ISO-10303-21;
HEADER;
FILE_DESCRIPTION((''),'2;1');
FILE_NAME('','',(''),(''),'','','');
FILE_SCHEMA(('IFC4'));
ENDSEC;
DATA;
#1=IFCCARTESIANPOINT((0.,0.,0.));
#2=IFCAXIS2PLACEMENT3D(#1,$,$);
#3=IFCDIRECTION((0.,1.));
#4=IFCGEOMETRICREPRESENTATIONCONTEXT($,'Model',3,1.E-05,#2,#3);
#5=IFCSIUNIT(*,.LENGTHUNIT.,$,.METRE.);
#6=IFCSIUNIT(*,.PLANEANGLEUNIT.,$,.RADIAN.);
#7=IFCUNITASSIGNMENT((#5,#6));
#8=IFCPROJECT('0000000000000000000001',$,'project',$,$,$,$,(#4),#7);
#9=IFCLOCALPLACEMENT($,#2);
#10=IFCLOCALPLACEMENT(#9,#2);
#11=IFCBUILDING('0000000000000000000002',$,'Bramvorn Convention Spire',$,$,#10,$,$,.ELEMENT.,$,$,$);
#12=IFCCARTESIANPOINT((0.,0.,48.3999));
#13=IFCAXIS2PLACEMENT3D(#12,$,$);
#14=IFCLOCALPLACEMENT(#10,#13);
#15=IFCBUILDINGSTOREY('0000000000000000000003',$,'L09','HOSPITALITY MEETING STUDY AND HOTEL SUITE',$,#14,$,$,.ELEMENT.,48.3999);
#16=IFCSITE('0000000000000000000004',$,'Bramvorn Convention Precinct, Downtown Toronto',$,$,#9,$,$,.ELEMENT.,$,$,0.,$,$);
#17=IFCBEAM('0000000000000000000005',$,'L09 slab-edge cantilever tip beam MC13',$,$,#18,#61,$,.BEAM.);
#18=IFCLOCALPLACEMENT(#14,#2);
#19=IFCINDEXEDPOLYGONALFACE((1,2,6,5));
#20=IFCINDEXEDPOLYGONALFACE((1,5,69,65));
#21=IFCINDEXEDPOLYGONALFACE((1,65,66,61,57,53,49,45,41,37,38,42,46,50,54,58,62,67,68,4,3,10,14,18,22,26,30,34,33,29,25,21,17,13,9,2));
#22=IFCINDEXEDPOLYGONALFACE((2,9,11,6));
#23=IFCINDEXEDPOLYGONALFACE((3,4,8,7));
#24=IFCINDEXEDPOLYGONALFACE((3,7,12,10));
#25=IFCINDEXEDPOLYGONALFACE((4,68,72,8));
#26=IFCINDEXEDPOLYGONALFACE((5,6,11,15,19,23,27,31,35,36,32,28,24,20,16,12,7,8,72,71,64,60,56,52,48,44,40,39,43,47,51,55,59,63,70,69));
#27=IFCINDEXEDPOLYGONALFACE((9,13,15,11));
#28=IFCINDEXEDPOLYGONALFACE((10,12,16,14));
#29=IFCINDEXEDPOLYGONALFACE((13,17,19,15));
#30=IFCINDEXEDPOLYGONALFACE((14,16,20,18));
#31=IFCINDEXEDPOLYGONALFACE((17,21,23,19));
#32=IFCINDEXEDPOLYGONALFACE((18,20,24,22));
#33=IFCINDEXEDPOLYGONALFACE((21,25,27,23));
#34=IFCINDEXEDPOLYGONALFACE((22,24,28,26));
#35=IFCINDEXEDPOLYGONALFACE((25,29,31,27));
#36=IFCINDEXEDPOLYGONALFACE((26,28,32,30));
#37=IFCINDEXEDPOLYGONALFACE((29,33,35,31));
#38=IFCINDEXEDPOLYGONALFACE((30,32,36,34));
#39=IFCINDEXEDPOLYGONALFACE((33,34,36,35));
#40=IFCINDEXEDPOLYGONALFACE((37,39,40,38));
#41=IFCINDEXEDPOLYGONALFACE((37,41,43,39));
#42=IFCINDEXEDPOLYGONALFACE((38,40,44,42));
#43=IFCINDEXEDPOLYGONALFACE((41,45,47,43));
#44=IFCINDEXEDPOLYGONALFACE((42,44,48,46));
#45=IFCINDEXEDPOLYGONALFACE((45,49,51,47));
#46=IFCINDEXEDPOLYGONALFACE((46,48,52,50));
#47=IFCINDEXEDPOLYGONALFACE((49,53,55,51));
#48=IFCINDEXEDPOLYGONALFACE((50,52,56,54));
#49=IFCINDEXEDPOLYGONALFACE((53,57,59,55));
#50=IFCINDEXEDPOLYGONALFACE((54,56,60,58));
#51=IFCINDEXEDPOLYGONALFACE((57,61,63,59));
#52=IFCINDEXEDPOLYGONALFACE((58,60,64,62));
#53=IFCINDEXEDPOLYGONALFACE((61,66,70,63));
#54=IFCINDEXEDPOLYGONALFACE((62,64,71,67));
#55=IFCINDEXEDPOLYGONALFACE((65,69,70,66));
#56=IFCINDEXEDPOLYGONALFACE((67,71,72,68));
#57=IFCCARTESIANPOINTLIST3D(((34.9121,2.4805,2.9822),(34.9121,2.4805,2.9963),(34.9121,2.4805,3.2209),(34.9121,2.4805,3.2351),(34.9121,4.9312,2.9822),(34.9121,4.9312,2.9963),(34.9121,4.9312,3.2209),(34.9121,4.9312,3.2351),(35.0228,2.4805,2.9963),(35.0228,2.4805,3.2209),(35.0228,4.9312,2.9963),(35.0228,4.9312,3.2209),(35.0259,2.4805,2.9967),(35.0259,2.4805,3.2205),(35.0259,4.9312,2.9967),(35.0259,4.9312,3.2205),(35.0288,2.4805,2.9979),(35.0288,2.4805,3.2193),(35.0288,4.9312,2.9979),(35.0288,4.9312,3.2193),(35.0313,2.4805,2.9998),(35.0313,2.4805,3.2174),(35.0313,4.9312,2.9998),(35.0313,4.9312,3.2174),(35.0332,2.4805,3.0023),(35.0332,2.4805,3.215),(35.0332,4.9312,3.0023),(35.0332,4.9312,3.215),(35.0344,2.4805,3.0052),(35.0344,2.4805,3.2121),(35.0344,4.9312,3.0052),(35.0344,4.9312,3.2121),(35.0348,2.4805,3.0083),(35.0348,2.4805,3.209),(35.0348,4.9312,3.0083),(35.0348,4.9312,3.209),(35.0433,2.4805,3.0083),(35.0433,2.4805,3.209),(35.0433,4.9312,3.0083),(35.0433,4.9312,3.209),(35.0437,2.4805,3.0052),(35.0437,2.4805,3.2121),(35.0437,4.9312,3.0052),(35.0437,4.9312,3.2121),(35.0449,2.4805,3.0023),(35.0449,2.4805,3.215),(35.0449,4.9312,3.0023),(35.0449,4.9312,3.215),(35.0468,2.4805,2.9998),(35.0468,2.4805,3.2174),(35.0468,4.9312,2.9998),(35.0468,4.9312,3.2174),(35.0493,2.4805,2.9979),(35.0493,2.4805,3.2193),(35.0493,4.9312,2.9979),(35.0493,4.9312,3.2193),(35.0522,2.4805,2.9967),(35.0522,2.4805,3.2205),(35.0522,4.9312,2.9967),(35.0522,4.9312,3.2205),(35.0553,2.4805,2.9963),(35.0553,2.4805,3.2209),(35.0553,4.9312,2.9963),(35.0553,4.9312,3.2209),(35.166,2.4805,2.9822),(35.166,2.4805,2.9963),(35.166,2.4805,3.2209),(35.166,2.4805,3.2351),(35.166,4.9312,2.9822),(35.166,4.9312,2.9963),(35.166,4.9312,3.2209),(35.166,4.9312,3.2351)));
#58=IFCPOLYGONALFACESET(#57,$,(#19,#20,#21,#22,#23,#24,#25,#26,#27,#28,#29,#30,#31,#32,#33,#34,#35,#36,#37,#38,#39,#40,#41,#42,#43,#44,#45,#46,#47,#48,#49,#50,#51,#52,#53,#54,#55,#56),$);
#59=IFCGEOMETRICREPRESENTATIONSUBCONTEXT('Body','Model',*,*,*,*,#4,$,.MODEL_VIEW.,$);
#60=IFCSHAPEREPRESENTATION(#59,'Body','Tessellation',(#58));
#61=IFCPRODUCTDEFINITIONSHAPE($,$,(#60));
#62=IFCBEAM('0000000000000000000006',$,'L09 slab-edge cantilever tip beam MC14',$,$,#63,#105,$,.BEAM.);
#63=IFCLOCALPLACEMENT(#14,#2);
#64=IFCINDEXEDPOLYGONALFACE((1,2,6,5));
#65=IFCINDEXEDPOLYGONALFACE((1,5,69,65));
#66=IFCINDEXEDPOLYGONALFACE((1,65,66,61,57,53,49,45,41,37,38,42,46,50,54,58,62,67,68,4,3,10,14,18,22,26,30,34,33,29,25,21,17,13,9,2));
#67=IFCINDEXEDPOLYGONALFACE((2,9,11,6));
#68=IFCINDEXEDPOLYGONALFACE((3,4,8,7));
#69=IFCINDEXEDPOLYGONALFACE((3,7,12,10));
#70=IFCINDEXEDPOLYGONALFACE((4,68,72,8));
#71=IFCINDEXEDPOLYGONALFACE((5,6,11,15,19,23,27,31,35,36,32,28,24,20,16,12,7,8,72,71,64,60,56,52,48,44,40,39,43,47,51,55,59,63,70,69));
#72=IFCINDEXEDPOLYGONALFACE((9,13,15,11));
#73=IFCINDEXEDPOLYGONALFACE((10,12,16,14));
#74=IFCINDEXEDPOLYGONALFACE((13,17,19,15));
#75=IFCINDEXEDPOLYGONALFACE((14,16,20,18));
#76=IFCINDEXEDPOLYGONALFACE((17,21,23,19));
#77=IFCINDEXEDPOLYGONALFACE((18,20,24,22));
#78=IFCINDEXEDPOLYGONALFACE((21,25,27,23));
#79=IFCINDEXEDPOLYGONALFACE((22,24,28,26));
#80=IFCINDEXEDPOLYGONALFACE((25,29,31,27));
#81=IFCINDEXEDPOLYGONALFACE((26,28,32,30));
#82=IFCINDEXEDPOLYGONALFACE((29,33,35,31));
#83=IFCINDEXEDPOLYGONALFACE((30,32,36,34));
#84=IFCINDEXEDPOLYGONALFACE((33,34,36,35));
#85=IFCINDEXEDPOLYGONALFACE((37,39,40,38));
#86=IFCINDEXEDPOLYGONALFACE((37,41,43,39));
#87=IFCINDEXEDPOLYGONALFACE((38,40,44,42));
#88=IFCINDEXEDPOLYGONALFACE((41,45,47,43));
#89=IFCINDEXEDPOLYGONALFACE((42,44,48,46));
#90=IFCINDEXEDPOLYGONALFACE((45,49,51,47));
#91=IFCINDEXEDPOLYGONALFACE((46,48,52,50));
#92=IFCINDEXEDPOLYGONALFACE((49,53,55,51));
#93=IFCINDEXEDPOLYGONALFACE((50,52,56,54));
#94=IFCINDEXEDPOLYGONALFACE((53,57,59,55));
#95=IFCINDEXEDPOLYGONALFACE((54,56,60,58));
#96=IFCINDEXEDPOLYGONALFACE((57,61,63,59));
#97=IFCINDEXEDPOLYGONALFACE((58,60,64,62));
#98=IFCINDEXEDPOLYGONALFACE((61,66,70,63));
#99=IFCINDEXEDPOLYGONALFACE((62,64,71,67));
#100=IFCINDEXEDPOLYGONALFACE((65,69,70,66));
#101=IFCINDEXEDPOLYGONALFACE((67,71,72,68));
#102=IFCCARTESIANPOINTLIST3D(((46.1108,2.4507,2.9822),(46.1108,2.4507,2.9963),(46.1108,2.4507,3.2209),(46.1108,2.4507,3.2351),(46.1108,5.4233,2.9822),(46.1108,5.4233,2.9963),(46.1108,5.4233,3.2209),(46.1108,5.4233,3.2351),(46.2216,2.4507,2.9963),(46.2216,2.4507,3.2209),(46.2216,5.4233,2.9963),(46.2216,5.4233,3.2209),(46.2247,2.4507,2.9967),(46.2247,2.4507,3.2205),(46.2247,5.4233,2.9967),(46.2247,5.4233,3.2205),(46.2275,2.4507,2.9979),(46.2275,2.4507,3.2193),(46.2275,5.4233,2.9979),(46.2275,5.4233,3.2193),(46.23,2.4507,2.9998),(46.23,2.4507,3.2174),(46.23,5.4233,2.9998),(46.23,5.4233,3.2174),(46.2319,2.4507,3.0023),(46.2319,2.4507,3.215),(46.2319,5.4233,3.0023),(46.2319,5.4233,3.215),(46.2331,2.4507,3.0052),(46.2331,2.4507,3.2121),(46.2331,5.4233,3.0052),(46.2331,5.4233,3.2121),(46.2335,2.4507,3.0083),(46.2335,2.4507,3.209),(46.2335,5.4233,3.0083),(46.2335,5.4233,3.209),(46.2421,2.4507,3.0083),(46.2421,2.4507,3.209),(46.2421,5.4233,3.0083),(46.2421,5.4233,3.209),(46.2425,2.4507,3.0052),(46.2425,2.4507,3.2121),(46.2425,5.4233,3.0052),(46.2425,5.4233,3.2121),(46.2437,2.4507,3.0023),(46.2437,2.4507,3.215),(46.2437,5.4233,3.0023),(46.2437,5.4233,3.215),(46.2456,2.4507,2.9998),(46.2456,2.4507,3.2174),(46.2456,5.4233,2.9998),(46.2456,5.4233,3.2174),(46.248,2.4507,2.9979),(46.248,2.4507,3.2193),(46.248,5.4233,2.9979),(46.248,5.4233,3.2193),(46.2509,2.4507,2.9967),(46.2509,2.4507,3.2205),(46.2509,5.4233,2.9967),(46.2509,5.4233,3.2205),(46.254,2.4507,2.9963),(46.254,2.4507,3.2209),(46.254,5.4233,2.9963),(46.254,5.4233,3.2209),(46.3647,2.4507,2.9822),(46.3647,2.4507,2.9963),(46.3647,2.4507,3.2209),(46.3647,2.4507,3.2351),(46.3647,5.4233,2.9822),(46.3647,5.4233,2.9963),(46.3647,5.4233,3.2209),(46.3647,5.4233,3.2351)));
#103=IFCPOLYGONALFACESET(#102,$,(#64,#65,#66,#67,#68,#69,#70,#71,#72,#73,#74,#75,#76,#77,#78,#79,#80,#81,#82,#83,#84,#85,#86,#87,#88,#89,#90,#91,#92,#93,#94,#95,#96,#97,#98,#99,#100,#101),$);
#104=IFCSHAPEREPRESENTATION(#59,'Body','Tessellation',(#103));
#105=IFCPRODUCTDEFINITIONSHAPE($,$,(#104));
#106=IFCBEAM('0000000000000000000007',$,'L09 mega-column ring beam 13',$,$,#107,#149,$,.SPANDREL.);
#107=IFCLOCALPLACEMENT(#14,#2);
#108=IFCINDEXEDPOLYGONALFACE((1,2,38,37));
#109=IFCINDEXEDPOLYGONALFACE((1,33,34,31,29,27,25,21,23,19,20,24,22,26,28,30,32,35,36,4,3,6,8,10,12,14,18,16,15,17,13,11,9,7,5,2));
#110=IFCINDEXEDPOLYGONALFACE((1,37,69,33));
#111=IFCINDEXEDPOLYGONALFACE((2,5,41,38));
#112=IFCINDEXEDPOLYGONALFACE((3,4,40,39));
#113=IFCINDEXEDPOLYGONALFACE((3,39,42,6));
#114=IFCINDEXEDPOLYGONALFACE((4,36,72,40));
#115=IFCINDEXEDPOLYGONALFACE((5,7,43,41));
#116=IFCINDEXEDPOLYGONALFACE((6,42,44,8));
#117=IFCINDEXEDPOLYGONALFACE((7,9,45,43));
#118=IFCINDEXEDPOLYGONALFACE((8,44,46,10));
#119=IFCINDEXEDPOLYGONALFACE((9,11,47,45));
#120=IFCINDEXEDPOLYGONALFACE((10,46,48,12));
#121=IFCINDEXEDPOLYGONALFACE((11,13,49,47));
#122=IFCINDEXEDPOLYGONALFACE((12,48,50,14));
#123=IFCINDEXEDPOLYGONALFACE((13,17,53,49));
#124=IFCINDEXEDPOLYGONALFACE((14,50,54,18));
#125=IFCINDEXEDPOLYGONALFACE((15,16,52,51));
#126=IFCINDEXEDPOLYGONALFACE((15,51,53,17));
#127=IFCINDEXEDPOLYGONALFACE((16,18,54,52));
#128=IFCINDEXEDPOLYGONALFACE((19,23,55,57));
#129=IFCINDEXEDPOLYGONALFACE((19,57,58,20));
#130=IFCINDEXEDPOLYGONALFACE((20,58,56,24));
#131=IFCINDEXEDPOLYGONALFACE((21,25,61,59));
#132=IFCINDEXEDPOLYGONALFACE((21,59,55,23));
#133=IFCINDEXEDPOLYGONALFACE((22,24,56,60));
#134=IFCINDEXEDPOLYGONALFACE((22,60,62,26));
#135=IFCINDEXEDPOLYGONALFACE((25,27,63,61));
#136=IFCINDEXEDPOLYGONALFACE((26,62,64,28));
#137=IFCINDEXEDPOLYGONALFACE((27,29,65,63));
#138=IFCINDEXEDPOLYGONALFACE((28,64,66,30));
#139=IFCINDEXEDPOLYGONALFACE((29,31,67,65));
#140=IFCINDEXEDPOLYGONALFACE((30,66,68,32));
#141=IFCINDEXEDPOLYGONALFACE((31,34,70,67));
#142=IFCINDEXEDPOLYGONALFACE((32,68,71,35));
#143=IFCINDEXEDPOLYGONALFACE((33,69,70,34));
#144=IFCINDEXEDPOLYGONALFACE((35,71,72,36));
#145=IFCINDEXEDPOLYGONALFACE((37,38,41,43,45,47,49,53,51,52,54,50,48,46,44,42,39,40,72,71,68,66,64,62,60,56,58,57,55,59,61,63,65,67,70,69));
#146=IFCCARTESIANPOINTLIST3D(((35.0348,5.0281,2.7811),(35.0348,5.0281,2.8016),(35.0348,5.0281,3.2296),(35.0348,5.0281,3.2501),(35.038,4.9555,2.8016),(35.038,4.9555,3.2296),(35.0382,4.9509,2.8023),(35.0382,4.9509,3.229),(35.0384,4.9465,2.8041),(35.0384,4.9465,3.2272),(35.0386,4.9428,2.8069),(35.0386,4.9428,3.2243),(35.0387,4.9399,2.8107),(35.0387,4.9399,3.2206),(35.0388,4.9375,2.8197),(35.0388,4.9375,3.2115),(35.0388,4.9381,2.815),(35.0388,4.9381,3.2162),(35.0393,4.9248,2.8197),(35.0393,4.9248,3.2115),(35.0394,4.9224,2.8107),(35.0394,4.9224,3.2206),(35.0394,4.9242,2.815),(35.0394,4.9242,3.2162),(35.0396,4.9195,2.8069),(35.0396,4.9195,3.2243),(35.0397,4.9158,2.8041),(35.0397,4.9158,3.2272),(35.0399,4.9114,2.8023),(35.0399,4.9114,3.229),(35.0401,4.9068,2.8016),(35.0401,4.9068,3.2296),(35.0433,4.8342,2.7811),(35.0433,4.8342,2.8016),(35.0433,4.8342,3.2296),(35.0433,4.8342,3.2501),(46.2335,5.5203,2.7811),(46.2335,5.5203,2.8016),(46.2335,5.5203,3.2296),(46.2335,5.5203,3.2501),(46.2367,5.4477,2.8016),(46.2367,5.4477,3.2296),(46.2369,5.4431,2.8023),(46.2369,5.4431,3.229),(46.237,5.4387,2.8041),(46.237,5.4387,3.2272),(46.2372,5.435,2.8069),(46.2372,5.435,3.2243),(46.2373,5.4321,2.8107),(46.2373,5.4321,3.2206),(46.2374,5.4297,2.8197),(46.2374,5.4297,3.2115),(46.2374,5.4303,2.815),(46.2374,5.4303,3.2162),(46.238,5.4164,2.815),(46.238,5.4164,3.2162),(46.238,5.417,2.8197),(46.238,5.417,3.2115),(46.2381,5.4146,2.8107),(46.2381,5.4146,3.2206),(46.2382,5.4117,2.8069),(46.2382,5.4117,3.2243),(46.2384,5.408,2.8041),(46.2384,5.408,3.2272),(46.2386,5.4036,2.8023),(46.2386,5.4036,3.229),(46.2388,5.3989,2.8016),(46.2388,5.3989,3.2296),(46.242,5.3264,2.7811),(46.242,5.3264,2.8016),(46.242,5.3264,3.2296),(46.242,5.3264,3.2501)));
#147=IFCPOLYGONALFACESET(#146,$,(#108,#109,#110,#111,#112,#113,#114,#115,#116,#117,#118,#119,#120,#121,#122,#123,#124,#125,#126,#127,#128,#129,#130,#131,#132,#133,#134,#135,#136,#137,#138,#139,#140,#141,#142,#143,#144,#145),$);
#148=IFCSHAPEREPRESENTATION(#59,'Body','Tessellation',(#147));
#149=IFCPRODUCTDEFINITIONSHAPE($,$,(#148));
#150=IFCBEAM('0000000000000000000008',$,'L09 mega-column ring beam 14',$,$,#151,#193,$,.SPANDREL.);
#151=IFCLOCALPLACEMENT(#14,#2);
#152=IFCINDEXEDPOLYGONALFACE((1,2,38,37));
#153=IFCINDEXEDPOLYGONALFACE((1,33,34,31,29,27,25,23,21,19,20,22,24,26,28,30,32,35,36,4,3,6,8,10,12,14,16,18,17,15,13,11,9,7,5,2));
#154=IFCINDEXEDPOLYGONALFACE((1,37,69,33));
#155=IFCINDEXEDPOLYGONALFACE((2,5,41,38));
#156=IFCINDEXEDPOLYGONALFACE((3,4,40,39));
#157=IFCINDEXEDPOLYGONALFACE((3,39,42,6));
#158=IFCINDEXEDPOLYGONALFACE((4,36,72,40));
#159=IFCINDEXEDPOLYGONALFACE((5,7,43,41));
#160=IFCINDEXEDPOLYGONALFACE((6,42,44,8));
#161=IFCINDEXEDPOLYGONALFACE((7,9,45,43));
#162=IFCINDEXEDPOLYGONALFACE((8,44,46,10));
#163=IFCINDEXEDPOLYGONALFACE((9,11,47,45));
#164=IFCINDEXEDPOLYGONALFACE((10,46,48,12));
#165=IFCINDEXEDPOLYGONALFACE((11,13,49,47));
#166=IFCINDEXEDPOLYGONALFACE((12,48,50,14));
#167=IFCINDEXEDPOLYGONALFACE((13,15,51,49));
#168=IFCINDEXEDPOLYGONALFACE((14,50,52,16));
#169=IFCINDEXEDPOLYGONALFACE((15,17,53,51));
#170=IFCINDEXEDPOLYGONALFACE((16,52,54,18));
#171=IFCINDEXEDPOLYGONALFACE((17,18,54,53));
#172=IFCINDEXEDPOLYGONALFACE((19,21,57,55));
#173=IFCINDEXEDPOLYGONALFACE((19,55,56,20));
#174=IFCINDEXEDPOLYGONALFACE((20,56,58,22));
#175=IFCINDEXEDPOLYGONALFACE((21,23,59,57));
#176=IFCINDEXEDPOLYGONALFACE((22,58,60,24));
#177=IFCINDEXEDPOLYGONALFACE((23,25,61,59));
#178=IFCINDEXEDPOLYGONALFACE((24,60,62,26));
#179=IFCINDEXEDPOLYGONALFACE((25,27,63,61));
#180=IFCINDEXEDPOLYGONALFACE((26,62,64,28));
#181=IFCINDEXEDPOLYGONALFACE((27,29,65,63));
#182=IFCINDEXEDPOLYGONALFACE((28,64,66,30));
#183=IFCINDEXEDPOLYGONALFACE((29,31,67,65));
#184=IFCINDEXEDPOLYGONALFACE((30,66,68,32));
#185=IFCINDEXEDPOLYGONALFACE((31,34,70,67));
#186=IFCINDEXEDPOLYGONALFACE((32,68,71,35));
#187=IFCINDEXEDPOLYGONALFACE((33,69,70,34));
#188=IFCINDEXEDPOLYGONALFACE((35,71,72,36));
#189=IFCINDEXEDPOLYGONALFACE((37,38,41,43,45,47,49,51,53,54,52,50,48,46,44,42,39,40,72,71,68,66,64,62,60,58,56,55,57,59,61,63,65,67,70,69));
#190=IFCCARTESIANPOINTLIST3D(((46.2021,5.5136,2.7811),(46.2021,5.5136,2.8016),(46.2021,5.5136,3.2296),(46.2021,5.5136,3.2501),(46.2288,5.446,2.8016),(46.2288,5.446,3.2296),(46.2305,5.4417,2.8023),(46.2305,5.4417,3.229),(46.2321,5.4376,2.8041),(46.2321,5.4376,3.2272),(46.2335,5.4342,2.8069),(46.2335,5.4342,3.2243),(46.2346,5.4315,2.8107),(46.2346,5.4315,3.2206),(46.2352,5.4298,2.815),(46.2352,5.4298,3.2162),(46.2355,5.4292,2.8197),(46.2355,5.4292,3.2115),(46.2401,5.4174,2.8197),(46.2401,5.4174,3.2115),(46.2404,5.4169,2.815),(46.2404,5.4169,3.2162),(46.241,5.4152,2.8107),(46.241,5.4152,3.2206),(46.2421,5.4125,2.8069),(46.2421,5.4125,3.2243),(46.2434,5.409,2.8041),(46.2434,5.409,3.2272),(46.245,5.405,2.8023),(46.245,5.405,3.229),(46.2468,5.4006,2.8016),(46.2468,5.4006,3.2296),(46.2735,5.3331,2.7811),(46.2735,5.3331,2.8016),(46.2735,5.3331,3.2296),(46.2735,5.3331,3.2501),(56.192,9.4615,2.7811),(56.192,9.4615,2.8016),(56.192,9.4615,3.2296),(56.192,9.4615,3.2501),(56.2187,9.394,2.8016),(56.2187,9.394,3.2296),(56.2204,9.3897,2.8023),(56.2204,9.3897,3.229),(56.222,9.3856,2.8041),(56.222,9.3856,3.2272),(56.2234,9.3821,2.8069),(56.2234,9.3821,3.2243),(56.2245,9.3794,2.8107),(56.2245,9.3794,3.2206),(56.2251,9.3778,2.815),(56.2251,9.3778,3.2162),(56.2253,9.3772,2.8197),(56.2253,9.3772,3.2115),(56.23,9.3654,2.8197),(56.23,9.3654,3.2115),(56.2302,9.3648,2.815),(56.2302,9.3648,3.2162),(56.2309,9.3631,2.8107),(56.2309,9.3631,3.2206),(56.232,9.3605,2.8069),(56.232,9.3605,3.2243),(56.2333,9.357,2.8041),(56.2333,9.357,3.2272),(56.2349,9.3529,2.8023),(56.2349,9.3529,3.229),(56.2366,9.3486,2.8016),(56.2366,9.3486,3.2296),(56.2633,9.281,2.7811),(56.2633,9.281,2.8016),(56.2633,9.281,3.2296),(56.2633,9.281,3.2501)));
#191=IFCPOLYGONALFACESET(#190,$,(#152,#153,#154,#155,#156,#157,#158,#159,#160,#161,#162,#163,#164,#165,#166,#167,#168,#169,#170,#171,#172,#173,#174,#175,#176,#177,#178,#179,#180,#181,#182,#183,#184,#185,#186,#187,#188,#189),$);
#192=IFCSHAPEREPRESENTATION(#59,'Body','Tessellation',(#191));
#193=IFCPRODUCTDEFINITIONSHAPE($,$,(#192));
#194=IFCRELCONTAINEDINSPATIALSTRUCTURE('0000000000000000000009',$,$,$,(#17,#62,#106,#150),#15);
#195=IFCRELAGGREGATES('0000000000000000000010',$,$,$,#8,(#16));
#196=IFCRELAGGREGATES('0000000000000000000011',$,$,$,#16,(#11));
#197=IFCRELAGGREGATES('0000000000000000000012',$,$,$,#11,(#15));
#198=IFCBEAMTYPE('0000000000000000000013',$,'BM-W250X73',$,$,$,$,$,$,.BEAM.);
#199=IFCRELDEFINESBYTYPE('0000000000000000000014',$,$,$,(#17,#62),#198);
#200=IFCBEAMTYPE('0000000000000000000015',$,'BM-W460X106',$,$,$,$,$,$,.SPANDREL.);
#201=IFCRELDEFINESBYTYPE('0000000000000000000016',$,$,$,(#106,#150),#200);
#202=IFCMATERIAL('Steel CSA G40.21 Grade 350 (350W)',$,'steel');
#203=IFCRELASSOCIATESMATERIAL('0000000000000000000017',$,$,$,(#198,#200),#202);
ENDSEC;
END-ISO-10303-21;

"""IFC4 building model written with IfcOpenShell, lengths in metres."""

from ifc_helpers import new_model, si_unit, direction, frame, origin, origin_2d, place, context, subcontext, project, spatial, i_section, extrude, material, material_profile, profile_set, type_object, element, save


model = new_model("IFC4")

# Units and contexts
model_context = context("Model", 3, precision=1e-05, world=origin(), true_north=direction((0.0, 1.0)))
body_context = subcontext(model_context, "Body", "Model", "MODEL_VIEW")
ifc_project = project(units=[si_unit("LENGTHUNIT", "METRE"), si_unit("PLANEANGLEUNIT", "RADIAN")], contexts=[model_context])

# Site, building, storey
site_placement = place(None, origin())
site = spatial("IfcSite", under=ifc_project, at=site_placement, Name="Bramvorn Convention Precinct, Downtown Toronto", CompositionType="ELEMENT", RefElevation=0.0)
building_placement = place(site_placement, origin())
building = spatial("IfcBuilding", under=site, at=building_placement, Name="Bramvorn Convention Spire", CompositionType="ELEMENT")
storey_placement = place(building_placement, frame((0.0, 0.0, 48.3999)))
storey = spatial("IfcBuildingStorey", under=building, at=storey_placement, Name="L09", Description="HOSPITALITY MEETING STUDY AND HOTEL SUITE", CompositionType="ELEMENT", Elevation=48.3999)

# Shared definitions
ifc_material_1 = material(Name="Steel CSA G40.21 Grade 350 (350W)", Category="steel")

# Beams
ifc_material_profile_1 = material_profile(ifc_material_1, i_section(OverallWidth=0.2539, OverallDepth=0.2529, WebThickness=0.0085, FlangeThickness=0.0142, FilletRadius=0.012, at=origin_2d()))
ifc_profile_set_1 = profile_set([ifc_material_profile_1], Name="Steel CSA G40.21 Grade 350 (350W) - W250X73")
beam_type_1 = type_object("IfcBeamType", Name="BM-W250X73", PredefinedType="BEAM", material=ifc_profile_set_1)
beam_1_placement = place(storey_placement, frame((35.0391, 4.9312, 3.1086), z_axis=(0.0, -1.0, 0.0), x_axis=(1.0, 0.0, 0.0)))
element("IfcBeam", 1, at=beam_1_placement, inside=storey, type_object=beam_type_1, Name="L09 slab-edge cantilever tip beam MC13", PredefinedType="BEAM", context=body_context, shape_type="SweptSolid", body=[
    extrude(i_section(OverallWidth=0.2539, OverallDepth=0.2529, WebThickness=0.0085, FlangeThickness=0.0142, FilletRadius=0.012, at=origin_2d()), origin(), (0.0, 0.0, 1.0), 2.4507),
])
beam_2_placement = place(storey_placement, frame((46.2378, 5.4233, 3.1086), z_axis=(0.0, -1.0, 0.0), x_axis=(1.0, 0.0, 0.0)))
element("IfcBeam", 2, at=beam_2_placement, inside=storey, type_object=beam_type_1, Name="L09 slab-edge cantilever tip beam MC14", PredefinedType="BEAM", context=body_context, shape_type="SweptSolid", body=[
    extrude(i_section(OverallWidth=0.2539, OverallDepth=0.2529, WebThickness=0.0085, FlangeThickness=0.0142, FilletRadius=0.012, at=origin_2d()), origin(), (0.0, 0.0, 1.0), 2.9727),
])
ifc_material_profile_2 = material_profile(ifc_material_1, i_section(OverallWidth=0.1941, OverallDepth=0.469, WebThickness=0.0127, FlangeThickness=0.0205, FilletRadius=0.0181, at=origin_2d()))
ifc_profile_set_2 = profile_set([ifc_material_profile_2], Name="Steel CSA G40.21 Grade 350 (350W) - W460X106")
beam_type_2 = type_object("IfcBeamType", Name="BM-W460X106", PredefinedType="SPANDREL", material=ifc_profile_set_2)
beam_3_placement = place(storey_placement, frame((35.0391, 4.9312, 3.0156), z_axis=(0.999036, 0.043908, 0.0), x_axis=(-0.043908, 0.999036, 0.0)))
element("IfcBeam", 3, at=beam_3_placement, inside=storey, type_object=beam_type_2, Name="L09 mega-column ring beam 13", PredefinedType="SPANDREL", context=body_context, shape_type="SweptSolid", body=[
    extrude(i_section(OverallWidth=0.1941, OverallDepth=0.469, WebThickness=0.0127, FlangeThickness=0.0205, FilletRadius=0.0181, at=origin_2d()), origin(), (0.0, 0.0, 1.0), 11.2095),
])
beam_4_placement = place(storey_placement, frame((46.2378, 5.4233, 3.0156), z_axis=(0.93001, 0.367535, 0.0), x_axis=(-0.367535, 0.93001, 0.0)))
element("IfcBeam", 4, at=beam_4_placement, inside=storey, type_object=beam_type_2, Name="L09 mega-column ring beam 14", PredefinedType="SPANDREL", context=body_context, shape_type="SweptSolid", body=[
    extrude(i_section(OverallWidth=0.1941, OverallDepth=0.469, WebThickness=0.0127, FlangeThickness=0.0205, FilletRadius=0.0181, at=origin_2d()), origin(), (0.0, 0.0, 1.0), 10.7417),
])

save(model, "model.ifc")
